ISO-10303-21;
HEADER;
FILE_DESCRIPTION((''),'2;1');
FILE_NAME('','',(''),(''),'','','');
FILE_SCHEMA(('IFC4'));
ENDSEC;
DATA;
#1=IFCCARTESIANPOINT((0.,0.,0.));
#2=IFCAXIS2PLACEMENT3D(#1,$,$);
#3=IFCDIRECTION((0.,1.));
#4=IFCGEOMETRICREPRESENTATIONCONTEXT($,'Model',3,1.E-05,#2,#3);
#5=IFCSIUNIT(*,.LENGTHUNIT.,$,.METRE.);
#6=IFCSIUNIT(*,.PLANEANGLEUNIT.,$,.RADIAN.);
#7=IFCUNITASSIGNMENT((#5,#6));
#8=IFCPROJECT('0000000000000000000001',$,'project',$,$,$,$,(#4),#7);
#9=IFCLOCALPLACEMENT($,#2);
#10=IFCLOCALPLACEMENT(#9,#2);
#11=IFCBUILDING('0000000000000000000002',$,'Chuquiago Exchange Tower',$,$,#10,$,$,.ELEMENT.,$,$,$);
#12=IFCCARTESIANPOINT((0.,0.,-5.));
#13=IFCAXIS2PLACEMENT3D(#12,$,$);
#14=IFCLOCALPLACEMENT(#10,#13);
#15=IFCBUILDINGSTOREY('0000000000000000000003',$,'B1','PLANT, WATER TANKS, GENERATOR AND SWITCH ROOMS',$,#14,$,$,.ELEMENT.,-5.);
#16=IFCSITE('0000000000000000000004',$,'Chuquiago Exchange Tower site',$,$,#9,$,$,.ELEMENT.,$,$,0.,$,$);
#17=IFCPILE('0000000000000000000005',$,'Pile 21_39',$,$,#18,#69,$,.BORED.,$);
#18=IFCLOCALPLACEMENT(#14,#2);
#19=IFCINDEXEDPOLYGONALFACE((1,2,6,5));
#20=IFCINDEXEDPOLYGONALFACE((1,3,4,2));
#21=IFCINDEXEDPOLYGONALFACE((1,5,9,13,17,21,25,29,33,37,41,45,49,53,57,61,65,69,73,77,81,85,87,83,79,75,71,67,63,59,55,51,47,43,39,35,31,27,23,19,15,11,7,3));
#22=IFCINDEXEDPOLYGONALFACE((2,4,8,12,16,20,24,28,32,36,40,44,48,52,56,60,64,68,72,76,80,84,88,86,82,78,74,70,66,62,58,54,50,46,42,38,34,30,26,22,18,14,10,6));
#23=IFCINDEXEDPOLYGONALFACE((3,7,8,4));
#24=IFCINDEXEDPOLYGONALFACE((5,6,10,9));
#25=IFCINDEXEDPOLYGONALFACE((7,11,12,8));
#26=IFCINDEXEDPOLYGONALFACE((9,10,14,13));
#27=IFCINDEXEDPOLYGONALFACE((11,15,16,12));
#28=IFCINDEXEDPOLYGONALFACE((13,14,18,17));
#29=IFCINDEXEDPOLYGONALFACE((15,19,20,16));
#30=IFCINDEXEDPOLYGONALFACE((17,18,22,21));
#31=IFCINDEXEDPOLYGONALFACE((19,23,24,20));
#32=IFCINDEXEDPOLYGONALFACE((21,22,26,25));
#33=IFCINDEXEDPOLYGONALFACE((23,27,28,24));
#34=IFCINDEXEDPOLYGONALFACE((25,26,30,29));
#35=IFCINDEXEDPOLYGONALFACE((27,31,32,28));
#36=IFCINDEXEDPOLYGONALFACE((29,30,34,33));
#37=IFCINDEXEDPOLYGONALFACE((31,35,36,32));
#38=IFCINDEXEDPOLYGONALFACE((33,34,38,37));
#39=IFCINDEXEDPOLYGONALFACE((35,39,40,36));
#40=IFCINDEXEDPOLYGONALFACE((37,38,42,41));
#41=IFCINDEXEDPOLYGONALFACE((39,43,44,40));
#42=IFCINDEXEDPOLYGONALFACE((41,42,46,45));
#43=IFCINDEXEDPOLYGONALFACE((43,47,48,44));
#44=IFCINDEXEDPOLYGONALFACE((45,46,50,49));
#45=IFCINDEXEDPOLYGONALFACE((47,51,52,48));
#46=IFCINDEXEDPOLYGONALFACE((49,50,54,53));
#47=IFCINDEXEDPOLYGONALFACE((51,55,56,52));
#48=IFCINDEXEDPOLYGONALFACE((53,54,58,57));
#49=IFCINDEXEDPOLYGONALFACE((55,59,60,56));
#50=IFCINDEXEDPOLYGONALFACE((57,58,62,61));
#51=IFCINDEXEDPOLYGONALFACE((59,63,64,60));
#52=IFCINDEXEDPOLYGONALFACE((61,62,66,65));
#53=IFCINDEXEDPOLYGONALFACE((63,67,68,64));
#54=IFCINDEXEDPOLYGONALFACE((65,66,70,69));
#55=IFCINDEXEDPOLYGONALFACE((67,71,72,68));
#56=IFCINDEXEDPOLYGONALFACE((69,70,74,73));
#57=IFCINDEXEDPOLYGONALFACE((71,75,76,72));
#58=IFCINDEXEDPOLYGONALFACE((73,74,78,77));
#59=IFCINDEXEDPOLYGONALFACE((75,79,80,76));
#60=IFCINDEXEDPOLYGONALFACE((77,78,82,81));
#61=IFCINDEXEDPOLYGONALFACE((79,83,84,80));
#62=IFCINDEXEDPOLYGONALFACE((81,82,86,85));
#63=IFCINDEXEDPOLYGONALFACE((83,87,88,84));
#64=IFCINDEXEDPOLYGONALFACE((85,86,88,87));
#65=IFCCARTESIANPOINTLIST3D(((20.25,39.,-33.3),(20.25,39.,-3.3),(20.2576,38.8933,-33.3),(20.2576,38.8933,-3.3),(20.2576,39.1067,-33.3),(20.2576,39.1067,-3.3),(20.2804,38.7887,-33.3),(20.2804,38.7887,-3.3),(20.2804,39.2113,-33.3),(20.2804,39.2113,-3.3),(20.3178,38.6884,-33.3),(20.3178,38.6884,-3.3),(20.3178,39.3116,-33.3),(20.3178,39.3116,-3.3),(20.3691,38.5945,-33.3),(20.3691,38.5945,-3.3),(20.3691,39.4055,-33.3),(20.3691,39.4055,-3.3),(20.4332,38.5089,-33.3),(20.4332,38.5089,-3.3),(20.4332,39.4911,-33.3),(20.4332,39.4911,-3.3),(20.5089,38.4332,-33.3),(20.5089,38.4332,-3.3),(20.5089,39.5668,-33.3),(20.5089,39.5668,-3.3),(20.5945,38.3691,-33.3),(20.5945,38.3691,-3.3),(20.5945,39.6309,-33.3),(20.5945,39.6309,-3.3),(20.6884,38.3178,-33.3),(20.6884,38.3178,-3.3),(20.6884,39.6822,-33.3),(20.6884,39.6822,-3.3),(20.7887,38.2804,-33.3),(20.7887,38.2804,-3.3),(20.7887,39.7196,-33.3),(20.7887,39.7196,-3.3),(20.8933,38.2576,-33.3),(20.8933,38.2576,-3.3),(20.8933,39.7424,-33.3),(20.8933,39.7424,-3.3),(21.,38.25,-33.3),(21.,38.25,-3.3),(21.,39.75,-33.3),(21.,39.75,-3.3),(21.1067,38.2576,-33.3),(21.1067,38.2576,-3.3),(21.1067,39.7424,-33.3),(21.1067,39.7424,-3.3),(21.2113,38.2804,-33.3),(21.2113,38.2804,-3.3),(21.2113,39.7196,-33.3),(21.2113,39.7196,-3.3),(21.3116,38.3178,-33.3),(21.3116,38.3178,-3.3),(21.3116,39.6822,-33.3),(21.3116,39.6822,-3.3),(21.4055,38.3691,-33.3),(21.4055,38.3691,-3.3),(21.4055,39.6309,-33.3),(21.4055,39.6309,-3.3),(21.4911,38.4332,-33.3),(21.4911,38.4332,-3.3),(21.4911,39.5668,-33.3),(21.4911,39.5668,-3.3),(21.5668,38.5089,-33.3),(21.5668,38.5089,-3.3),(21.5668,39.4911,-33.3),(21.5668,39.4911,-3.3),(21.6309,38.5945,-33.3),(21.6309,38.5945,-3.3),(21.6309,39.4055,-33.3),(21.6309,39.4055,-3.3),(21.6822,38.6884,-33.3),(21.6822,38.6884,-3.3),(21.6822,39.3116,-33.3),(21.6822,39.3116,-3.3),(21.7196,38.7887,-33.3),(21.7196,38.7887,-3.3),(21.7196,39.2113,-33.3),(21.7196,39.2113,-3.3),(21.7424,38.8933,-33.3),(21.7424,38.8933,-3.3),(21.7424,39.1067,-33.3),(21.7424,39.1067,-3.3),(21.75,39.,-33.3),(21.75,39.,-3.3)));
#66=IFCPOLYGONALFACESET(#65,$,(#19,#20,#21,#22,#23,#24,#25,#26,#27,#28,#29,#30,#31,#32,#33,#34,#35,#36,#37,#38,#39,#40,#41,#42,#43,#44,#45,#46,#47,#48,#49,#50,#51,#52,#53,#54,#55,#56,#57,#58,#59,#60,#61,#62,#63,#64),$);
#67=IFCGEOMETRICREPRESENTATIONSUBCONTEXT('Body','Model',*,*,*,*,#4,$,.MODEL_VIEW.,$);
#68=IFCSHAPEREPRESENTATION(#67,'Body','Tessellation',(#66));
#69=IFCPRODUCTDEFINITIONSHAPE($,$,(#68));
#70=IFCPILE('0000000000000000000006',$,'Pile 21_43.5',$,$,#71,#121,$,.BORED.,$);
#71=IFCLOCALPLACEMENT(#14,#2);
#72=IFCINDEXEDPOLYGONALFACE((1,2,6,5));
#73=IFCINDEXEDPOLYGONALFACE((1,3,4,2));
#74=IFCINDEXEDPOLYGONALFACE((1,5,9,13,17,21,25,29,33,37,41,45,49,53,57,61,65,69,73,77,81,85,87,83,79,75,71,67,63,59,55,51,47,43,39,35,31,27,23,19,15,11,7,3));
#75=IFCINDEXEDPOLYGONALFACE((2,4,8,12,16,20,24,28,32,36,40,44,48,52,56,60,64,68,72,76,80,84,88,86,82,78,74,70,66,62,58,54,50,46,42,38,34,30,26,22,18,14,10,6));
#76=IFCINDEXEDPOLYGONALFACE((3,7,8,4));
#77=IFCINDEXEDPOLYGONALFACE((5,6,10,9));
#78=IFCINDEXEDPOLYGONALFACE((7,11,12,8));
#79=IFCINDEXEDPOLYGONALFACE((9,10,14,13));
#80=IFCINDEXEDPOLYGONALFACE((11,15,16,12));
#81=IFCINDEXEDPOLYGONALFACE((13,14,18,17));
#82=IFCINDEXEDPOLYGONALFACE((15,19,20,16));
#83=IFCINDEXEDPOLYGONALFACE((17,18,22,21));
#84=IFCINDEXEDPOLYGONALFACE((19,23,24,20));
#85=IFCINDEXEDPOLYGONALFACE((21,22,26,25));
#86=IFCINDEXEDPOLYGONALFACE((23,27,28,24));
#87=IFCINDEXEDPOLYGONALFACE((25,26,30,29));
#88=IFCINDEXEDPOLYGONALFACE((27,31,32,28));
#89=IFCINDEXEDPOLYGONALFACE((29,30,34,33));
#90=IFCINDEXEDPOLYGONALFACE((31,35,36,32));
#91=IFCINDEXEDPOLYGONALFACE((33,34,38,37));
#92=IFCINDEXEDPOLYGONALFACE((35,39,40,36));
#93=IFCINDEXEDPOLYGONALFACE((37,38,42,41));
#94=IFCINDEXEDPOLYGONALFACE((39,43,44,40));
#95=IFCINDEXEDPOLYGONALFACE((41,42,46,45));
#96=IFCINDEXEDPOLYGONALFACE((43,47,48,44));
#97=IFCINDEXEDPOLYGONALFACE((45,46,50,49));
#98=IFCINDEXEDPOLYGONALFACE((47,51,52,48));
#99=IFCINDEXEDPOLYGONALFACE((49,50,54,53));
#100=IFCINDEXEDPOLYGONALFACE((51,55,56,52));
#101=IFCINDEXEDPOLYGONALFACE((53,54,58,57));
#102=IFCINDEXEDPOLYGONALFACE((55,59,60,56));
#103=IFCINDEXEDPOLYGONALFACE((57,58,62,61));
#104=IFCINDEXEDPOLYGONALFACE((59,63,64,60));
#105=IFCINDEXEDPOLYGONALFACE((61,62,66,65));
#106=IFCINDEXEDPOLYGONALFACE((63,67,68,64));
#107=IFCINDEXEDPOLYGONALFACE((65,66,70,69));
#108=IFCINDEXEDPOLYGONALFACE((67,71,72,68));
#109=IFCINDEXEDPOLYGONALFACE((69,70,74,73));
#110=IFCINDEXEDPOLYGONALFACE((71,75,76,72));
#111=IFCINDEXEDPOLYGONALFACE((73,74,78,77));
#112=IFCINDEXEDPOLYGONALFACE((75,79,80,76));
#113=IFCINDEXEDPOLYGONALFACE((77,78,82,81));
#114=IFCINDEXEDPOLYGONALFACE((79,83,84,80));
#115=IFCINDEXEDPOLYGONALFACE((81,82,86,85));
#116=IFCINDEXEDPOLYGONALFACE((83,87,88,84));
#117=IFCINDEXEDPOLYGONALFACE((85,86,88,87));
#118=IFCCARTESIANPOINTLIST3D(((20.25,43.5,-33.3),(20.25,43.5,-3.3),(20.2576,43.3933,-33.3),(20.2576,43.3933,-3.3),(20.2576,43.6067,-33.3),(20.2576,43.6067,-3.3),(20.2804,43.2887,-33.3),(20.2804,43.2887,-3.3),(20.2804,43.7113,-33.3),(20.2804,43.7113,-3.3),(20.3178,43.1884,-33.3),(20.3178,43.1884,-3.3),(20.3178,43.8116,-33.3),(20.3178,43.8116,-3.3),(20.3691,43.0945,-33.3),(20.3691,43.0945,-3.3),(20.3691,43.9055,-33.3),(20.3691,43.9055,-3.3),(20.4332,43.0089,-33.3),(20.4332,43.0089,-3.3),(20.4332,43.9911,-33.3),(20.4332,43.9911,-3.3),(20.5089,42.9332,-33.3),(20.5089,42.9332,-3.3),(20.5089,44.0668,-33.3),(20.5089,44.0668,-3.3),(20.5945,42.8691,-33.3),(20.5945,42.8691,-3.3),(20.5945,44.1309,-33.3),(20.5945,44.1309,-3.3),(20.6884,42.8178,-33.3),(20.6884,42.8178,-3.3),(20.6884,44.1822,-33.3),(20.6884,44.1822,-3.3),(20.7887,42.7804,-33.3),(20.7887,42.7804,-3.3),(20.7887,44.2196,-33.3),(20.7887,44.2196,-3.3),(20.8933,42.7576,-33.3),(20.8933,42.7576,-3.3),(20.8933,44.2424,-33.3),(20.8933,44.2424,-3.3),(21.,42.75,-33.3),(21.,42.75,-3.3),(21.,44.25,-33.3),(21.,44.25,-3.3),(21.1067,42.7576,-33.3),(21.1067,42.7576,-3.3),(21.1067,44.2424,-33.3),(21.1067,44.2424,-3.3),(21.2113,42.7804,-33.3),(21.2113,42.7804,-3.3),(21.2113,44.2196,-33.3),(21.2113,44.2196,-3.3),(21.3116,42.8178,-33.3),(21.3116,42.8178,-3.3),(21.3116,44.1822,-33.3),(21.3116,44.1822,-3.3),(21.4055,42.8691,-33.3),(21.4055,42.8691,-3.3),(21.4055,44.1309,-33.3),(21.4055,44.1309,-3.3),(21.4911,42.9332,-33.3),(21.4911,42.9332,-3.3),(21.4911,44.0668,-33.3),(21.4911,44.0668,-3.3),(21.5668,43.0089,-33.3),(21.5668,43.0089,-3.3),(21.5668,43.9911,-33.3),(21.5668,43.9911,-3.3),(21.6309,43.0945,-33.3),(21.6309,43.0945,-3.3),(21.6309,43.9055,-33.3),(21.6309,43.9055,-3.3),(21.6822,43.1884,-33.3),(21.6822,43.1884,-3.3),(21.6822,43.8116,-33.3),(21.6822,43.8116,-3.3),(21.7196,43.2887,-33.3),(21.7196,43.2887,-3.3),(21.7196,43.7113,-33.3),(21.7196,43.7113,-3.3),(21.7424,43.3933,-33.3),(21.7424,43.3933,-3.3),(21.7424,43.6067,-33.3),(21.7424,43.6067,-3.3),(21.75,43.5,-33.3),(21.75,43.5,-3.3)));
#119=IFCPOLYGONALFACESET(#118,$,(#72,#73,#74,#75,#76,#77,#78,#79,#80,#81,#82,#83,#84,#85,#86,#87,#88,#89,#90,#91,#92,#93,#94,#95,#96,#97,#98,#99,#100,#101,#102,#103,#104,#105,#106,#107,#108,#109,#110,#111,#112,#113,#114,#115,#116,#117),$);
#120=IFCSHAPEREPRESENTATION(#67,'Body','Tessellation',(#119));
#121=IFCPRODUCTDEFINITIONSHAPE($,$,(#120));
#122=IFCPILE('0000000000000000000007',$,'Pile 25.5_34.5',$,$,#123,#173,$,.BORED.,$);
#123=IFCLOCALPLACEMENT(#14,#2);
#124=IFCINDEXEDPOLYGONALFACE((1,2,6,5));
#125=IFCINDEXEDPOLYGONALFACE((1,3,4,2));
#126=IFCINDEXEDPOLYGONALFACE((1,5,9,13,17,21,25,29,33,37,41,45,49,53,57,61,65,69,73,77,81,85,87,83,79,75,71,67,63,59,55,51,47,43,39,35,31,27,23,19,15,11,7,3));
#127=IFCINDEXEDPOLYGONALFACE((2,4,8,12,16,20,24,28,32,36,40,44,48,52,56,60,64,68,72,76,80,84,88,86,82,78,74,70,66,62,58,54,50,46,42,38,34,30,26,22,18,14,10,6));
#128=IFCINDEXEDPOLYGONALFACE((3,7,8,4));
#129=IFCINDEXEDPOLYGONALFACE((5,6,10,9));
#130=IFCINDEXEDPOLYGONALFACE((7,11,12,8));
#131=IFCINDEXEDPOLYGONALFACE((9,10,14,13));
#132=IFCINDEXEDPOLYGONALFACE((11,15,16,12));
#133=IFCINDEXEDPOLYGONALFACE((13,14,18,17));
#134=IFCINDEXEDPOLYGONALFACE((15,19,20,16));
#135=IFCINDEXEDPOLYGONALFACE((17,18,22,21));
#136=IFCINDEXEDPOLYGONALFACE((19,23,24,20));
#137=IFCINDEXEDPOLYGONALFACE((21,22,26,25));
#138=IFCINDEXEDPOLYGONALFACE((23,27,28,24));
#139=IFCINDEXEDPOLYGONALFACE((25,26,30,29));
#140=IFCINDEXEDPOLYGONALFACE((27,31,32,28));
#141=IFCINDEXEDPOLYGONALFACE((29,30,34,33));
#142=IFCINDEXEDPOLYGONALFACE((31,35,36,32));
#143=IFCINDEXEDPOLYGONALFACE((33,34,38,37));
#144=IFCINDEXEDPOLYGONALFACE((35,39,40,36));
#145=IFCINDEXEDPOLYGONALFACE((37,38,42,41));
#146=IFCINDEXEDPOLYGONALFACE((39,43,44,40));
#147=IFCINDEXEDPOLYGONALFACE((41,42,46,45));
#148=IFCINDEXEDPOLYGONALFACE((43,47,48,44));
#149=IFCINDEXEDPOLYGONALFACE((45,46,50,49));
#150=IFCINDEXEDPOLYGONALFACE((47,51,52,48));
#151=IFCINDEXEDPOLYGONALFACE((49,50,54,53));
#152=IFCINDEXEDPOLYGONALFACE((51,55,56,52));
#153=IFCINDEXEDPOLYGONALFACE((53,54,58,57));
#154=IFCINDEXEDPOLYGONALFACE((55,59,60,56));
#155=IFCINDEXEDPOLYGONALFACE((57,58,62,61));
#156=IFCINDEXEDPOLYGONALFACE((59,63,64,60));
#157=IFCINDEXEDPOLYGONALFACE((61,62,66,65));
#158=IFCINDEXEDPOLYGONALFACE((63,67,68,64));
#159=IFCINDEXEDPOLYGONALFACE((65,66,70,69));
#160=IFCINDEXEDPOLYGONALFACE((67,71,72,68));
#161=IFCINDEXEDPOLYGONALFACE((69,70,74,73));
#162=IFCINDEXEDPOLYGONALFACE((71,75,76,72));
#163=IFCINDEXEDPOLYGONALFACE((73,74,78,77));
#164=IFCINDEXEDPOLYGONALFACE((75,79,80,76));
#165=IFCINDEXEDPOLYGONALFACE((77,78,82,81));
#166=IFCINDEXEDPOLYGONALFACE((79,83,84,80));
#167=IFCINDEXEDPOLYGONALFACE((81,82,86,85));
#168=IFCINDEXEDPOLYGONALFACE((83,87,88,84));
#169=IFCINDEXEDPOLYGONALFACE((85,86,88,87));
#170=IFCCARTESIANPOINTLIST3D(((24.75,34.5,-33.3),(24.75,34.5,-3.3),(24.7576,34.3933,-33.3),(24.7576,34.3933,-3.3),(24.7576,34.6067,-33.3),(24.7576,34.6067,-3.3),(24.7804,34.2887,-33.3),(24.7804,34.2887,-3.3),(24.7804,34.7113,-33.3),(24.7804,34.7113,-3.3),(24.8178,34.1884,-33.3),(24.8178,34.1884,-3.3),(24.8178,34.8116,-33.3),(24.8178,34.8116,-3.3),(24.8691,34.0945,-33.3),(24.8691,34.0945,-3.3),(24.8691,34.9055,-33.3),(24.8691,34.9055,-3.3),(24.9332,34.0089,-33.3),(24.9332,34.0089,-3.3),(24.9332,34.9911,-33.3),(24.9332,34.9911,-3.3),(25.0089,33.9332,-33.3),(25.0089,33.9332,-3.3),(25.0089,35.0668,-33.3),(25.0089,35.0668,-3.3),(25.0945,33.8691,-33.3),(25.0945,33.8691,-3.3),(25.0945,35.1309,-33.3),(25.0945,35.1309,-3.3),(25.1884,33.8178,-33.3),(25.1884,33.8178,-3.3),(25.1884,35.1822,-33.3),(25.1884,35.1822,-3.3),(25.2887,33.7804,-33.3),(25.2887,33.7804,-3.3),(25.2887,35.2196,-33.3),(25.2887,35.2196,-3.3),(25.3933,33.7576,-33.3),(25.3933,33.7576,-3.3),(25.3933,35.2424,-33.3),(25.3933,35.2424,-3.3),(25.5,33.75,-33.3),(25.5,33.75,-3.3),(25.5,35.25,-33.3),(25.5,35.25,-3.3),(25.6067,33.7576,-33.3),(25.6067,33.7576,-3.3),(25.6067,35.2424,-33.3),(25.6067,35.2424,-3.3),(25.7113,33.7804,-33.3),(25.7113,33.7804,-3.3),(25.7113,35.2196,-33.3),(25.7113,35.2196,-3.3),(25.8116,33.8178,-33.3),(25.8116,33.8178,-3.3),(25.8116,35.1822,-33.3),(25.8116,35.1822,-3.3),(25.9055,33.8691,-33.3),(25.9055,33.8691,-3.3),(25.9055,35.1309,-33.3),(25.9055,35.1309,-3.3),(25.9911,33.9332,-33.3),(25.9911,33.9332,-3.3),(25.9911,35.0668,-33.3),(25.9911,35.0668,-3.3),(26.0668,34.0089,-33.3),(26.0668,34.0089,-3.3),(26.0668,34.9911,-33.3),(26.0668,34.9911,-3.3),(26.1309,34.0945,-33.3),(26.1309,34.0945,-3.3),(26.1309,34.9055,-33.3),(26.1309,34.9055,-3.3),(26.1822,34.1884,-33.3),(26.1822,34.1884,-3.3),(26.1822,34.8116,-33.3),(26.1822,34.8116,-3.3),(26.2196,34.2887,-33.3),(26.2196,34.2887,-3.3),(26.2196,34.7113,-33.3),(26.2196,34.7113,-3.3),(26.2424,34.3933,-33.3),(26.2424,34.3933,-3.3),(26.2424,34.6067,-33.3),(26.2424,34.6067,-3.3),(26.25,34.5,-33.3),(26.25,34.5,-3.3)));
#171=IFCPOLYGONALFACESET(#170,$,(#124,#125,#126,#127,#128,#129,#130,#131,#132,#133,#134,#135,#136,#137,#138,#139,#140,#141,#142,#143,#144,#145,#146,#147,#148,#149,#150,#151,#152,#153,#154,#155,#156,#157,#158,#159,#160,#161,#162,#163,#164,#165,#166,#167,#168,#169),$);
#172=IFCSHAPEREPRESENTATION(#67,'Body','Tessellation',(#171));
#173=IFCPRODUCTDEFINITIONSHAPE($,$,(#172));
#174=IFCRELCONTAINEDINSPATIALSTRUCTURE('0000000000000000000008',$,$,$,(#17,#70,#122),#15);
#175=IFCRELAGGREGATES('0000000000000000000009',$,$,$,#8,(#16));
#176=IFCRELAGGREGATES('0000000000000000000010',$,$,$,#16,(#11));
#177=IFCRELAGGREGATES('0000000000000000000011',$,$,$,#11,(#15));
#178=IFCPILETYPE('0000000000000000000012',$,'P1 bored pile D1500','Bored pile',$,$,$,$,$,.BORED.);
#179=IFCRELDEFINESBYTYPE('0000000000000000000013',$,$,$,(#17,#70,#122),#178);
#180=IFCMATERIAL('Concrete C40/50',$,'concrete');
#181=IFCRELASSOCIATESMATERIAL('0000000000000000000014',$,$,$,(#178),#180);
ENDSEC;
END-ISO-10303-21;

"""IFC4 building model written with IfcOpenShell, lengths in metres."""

from ifc_helpers import new_model, si_unit, direction, frame, origin, origin_2d, place, context, subcontext, project, spatial, circle, extrude, material, material_profile, profile_set, type_object, element, save


model = new_model("IFC4")

# Units and contexts
model_context = context("Model", 3, precision=1e-05, world=origin(), true_north=direction((0.0, 1.0)))
body_context = subcontext(model_context, "Body", "Model", "MODEL_VIEW")
ifc_project = project(units=[si_unit("LENGTHUNIT", "METRE"), si_unit("PLANEANGLEUNIT", "RADIAN")], contexts=[model_context])

# Site, building, storey
site_placement = place(None, origin())
site = spatial("IfcSite", under=ifc_project, at=site_placement, Name="Chuquiago Exchange Tower site", CompositionType="ELEMENT", RefElevation=0.0)
building_placement = place(site_placement, origin())
building = spatial("IfcBuilding", under=site, at=building_placement, Name="Chuquiago Exchange Tower", CompositionType="ELEMENT")
storey_placement = place(building_placement, frame((0.0, 0.0, -5.0)))
storey = spatial("IfcBuildingStorey", under=building, at=storey_placement, Name="B1", Description="PLANT, WATER TANKS, GENERATOR AND SWITCH ROOMS", CompositionType="ELEMENT", Elevation=-5.0)

# Piles
ifc_material_1 = material(Name="Concrete C40/50", Category="concrete")
ifc_material_profile_1 = material_profile(ifc_material_1, circle(Radius=0.75, at=origin_2d()), Name="D1500")
ifc_profile_set_1 = profile_set([ifc_material_profile_1], Name="Concrete C40/50")
pile_type = type_object("IfcPileType", Name="P1 bored pile D1500", Description="Bored pile", PredefinedType="BORED", material=ifc_profile_set_1)
for number, where, z_axis, x_axis, name in (
    (1, (21.0, 39.0, -3.3), (0.0, 0.0, -1.0), (1.0, 0.0, 0.0), "Pile 21_39"),
    (2, (21.0, 43.5, -3.3), (0.0, 0.0, -1.0), (1.0, 0.0, 0.0), "Pile 21_43.5"),
    (3, (25.5, 34.5, -3.3), (0.0, 0.0, -1.0), (1.0, 0.0, 0.0), "Pile 25.5_34.5"),
):
    element("IfcPile", number, at=place(storey_placement, frame(where, z_axis=z_axis, x_axis=x_axis)), inside=storey, type_object=pile_type, Name=name, PredefinedType="BORED", context=body_context, shape_type="SweptSolid", body=[
        extrude(circle(Radius=0.75, at=origin_2d()), origin(), (0.0, 0.0, 1.0), 30.0),
    ])

save(model, "model.ifc")
